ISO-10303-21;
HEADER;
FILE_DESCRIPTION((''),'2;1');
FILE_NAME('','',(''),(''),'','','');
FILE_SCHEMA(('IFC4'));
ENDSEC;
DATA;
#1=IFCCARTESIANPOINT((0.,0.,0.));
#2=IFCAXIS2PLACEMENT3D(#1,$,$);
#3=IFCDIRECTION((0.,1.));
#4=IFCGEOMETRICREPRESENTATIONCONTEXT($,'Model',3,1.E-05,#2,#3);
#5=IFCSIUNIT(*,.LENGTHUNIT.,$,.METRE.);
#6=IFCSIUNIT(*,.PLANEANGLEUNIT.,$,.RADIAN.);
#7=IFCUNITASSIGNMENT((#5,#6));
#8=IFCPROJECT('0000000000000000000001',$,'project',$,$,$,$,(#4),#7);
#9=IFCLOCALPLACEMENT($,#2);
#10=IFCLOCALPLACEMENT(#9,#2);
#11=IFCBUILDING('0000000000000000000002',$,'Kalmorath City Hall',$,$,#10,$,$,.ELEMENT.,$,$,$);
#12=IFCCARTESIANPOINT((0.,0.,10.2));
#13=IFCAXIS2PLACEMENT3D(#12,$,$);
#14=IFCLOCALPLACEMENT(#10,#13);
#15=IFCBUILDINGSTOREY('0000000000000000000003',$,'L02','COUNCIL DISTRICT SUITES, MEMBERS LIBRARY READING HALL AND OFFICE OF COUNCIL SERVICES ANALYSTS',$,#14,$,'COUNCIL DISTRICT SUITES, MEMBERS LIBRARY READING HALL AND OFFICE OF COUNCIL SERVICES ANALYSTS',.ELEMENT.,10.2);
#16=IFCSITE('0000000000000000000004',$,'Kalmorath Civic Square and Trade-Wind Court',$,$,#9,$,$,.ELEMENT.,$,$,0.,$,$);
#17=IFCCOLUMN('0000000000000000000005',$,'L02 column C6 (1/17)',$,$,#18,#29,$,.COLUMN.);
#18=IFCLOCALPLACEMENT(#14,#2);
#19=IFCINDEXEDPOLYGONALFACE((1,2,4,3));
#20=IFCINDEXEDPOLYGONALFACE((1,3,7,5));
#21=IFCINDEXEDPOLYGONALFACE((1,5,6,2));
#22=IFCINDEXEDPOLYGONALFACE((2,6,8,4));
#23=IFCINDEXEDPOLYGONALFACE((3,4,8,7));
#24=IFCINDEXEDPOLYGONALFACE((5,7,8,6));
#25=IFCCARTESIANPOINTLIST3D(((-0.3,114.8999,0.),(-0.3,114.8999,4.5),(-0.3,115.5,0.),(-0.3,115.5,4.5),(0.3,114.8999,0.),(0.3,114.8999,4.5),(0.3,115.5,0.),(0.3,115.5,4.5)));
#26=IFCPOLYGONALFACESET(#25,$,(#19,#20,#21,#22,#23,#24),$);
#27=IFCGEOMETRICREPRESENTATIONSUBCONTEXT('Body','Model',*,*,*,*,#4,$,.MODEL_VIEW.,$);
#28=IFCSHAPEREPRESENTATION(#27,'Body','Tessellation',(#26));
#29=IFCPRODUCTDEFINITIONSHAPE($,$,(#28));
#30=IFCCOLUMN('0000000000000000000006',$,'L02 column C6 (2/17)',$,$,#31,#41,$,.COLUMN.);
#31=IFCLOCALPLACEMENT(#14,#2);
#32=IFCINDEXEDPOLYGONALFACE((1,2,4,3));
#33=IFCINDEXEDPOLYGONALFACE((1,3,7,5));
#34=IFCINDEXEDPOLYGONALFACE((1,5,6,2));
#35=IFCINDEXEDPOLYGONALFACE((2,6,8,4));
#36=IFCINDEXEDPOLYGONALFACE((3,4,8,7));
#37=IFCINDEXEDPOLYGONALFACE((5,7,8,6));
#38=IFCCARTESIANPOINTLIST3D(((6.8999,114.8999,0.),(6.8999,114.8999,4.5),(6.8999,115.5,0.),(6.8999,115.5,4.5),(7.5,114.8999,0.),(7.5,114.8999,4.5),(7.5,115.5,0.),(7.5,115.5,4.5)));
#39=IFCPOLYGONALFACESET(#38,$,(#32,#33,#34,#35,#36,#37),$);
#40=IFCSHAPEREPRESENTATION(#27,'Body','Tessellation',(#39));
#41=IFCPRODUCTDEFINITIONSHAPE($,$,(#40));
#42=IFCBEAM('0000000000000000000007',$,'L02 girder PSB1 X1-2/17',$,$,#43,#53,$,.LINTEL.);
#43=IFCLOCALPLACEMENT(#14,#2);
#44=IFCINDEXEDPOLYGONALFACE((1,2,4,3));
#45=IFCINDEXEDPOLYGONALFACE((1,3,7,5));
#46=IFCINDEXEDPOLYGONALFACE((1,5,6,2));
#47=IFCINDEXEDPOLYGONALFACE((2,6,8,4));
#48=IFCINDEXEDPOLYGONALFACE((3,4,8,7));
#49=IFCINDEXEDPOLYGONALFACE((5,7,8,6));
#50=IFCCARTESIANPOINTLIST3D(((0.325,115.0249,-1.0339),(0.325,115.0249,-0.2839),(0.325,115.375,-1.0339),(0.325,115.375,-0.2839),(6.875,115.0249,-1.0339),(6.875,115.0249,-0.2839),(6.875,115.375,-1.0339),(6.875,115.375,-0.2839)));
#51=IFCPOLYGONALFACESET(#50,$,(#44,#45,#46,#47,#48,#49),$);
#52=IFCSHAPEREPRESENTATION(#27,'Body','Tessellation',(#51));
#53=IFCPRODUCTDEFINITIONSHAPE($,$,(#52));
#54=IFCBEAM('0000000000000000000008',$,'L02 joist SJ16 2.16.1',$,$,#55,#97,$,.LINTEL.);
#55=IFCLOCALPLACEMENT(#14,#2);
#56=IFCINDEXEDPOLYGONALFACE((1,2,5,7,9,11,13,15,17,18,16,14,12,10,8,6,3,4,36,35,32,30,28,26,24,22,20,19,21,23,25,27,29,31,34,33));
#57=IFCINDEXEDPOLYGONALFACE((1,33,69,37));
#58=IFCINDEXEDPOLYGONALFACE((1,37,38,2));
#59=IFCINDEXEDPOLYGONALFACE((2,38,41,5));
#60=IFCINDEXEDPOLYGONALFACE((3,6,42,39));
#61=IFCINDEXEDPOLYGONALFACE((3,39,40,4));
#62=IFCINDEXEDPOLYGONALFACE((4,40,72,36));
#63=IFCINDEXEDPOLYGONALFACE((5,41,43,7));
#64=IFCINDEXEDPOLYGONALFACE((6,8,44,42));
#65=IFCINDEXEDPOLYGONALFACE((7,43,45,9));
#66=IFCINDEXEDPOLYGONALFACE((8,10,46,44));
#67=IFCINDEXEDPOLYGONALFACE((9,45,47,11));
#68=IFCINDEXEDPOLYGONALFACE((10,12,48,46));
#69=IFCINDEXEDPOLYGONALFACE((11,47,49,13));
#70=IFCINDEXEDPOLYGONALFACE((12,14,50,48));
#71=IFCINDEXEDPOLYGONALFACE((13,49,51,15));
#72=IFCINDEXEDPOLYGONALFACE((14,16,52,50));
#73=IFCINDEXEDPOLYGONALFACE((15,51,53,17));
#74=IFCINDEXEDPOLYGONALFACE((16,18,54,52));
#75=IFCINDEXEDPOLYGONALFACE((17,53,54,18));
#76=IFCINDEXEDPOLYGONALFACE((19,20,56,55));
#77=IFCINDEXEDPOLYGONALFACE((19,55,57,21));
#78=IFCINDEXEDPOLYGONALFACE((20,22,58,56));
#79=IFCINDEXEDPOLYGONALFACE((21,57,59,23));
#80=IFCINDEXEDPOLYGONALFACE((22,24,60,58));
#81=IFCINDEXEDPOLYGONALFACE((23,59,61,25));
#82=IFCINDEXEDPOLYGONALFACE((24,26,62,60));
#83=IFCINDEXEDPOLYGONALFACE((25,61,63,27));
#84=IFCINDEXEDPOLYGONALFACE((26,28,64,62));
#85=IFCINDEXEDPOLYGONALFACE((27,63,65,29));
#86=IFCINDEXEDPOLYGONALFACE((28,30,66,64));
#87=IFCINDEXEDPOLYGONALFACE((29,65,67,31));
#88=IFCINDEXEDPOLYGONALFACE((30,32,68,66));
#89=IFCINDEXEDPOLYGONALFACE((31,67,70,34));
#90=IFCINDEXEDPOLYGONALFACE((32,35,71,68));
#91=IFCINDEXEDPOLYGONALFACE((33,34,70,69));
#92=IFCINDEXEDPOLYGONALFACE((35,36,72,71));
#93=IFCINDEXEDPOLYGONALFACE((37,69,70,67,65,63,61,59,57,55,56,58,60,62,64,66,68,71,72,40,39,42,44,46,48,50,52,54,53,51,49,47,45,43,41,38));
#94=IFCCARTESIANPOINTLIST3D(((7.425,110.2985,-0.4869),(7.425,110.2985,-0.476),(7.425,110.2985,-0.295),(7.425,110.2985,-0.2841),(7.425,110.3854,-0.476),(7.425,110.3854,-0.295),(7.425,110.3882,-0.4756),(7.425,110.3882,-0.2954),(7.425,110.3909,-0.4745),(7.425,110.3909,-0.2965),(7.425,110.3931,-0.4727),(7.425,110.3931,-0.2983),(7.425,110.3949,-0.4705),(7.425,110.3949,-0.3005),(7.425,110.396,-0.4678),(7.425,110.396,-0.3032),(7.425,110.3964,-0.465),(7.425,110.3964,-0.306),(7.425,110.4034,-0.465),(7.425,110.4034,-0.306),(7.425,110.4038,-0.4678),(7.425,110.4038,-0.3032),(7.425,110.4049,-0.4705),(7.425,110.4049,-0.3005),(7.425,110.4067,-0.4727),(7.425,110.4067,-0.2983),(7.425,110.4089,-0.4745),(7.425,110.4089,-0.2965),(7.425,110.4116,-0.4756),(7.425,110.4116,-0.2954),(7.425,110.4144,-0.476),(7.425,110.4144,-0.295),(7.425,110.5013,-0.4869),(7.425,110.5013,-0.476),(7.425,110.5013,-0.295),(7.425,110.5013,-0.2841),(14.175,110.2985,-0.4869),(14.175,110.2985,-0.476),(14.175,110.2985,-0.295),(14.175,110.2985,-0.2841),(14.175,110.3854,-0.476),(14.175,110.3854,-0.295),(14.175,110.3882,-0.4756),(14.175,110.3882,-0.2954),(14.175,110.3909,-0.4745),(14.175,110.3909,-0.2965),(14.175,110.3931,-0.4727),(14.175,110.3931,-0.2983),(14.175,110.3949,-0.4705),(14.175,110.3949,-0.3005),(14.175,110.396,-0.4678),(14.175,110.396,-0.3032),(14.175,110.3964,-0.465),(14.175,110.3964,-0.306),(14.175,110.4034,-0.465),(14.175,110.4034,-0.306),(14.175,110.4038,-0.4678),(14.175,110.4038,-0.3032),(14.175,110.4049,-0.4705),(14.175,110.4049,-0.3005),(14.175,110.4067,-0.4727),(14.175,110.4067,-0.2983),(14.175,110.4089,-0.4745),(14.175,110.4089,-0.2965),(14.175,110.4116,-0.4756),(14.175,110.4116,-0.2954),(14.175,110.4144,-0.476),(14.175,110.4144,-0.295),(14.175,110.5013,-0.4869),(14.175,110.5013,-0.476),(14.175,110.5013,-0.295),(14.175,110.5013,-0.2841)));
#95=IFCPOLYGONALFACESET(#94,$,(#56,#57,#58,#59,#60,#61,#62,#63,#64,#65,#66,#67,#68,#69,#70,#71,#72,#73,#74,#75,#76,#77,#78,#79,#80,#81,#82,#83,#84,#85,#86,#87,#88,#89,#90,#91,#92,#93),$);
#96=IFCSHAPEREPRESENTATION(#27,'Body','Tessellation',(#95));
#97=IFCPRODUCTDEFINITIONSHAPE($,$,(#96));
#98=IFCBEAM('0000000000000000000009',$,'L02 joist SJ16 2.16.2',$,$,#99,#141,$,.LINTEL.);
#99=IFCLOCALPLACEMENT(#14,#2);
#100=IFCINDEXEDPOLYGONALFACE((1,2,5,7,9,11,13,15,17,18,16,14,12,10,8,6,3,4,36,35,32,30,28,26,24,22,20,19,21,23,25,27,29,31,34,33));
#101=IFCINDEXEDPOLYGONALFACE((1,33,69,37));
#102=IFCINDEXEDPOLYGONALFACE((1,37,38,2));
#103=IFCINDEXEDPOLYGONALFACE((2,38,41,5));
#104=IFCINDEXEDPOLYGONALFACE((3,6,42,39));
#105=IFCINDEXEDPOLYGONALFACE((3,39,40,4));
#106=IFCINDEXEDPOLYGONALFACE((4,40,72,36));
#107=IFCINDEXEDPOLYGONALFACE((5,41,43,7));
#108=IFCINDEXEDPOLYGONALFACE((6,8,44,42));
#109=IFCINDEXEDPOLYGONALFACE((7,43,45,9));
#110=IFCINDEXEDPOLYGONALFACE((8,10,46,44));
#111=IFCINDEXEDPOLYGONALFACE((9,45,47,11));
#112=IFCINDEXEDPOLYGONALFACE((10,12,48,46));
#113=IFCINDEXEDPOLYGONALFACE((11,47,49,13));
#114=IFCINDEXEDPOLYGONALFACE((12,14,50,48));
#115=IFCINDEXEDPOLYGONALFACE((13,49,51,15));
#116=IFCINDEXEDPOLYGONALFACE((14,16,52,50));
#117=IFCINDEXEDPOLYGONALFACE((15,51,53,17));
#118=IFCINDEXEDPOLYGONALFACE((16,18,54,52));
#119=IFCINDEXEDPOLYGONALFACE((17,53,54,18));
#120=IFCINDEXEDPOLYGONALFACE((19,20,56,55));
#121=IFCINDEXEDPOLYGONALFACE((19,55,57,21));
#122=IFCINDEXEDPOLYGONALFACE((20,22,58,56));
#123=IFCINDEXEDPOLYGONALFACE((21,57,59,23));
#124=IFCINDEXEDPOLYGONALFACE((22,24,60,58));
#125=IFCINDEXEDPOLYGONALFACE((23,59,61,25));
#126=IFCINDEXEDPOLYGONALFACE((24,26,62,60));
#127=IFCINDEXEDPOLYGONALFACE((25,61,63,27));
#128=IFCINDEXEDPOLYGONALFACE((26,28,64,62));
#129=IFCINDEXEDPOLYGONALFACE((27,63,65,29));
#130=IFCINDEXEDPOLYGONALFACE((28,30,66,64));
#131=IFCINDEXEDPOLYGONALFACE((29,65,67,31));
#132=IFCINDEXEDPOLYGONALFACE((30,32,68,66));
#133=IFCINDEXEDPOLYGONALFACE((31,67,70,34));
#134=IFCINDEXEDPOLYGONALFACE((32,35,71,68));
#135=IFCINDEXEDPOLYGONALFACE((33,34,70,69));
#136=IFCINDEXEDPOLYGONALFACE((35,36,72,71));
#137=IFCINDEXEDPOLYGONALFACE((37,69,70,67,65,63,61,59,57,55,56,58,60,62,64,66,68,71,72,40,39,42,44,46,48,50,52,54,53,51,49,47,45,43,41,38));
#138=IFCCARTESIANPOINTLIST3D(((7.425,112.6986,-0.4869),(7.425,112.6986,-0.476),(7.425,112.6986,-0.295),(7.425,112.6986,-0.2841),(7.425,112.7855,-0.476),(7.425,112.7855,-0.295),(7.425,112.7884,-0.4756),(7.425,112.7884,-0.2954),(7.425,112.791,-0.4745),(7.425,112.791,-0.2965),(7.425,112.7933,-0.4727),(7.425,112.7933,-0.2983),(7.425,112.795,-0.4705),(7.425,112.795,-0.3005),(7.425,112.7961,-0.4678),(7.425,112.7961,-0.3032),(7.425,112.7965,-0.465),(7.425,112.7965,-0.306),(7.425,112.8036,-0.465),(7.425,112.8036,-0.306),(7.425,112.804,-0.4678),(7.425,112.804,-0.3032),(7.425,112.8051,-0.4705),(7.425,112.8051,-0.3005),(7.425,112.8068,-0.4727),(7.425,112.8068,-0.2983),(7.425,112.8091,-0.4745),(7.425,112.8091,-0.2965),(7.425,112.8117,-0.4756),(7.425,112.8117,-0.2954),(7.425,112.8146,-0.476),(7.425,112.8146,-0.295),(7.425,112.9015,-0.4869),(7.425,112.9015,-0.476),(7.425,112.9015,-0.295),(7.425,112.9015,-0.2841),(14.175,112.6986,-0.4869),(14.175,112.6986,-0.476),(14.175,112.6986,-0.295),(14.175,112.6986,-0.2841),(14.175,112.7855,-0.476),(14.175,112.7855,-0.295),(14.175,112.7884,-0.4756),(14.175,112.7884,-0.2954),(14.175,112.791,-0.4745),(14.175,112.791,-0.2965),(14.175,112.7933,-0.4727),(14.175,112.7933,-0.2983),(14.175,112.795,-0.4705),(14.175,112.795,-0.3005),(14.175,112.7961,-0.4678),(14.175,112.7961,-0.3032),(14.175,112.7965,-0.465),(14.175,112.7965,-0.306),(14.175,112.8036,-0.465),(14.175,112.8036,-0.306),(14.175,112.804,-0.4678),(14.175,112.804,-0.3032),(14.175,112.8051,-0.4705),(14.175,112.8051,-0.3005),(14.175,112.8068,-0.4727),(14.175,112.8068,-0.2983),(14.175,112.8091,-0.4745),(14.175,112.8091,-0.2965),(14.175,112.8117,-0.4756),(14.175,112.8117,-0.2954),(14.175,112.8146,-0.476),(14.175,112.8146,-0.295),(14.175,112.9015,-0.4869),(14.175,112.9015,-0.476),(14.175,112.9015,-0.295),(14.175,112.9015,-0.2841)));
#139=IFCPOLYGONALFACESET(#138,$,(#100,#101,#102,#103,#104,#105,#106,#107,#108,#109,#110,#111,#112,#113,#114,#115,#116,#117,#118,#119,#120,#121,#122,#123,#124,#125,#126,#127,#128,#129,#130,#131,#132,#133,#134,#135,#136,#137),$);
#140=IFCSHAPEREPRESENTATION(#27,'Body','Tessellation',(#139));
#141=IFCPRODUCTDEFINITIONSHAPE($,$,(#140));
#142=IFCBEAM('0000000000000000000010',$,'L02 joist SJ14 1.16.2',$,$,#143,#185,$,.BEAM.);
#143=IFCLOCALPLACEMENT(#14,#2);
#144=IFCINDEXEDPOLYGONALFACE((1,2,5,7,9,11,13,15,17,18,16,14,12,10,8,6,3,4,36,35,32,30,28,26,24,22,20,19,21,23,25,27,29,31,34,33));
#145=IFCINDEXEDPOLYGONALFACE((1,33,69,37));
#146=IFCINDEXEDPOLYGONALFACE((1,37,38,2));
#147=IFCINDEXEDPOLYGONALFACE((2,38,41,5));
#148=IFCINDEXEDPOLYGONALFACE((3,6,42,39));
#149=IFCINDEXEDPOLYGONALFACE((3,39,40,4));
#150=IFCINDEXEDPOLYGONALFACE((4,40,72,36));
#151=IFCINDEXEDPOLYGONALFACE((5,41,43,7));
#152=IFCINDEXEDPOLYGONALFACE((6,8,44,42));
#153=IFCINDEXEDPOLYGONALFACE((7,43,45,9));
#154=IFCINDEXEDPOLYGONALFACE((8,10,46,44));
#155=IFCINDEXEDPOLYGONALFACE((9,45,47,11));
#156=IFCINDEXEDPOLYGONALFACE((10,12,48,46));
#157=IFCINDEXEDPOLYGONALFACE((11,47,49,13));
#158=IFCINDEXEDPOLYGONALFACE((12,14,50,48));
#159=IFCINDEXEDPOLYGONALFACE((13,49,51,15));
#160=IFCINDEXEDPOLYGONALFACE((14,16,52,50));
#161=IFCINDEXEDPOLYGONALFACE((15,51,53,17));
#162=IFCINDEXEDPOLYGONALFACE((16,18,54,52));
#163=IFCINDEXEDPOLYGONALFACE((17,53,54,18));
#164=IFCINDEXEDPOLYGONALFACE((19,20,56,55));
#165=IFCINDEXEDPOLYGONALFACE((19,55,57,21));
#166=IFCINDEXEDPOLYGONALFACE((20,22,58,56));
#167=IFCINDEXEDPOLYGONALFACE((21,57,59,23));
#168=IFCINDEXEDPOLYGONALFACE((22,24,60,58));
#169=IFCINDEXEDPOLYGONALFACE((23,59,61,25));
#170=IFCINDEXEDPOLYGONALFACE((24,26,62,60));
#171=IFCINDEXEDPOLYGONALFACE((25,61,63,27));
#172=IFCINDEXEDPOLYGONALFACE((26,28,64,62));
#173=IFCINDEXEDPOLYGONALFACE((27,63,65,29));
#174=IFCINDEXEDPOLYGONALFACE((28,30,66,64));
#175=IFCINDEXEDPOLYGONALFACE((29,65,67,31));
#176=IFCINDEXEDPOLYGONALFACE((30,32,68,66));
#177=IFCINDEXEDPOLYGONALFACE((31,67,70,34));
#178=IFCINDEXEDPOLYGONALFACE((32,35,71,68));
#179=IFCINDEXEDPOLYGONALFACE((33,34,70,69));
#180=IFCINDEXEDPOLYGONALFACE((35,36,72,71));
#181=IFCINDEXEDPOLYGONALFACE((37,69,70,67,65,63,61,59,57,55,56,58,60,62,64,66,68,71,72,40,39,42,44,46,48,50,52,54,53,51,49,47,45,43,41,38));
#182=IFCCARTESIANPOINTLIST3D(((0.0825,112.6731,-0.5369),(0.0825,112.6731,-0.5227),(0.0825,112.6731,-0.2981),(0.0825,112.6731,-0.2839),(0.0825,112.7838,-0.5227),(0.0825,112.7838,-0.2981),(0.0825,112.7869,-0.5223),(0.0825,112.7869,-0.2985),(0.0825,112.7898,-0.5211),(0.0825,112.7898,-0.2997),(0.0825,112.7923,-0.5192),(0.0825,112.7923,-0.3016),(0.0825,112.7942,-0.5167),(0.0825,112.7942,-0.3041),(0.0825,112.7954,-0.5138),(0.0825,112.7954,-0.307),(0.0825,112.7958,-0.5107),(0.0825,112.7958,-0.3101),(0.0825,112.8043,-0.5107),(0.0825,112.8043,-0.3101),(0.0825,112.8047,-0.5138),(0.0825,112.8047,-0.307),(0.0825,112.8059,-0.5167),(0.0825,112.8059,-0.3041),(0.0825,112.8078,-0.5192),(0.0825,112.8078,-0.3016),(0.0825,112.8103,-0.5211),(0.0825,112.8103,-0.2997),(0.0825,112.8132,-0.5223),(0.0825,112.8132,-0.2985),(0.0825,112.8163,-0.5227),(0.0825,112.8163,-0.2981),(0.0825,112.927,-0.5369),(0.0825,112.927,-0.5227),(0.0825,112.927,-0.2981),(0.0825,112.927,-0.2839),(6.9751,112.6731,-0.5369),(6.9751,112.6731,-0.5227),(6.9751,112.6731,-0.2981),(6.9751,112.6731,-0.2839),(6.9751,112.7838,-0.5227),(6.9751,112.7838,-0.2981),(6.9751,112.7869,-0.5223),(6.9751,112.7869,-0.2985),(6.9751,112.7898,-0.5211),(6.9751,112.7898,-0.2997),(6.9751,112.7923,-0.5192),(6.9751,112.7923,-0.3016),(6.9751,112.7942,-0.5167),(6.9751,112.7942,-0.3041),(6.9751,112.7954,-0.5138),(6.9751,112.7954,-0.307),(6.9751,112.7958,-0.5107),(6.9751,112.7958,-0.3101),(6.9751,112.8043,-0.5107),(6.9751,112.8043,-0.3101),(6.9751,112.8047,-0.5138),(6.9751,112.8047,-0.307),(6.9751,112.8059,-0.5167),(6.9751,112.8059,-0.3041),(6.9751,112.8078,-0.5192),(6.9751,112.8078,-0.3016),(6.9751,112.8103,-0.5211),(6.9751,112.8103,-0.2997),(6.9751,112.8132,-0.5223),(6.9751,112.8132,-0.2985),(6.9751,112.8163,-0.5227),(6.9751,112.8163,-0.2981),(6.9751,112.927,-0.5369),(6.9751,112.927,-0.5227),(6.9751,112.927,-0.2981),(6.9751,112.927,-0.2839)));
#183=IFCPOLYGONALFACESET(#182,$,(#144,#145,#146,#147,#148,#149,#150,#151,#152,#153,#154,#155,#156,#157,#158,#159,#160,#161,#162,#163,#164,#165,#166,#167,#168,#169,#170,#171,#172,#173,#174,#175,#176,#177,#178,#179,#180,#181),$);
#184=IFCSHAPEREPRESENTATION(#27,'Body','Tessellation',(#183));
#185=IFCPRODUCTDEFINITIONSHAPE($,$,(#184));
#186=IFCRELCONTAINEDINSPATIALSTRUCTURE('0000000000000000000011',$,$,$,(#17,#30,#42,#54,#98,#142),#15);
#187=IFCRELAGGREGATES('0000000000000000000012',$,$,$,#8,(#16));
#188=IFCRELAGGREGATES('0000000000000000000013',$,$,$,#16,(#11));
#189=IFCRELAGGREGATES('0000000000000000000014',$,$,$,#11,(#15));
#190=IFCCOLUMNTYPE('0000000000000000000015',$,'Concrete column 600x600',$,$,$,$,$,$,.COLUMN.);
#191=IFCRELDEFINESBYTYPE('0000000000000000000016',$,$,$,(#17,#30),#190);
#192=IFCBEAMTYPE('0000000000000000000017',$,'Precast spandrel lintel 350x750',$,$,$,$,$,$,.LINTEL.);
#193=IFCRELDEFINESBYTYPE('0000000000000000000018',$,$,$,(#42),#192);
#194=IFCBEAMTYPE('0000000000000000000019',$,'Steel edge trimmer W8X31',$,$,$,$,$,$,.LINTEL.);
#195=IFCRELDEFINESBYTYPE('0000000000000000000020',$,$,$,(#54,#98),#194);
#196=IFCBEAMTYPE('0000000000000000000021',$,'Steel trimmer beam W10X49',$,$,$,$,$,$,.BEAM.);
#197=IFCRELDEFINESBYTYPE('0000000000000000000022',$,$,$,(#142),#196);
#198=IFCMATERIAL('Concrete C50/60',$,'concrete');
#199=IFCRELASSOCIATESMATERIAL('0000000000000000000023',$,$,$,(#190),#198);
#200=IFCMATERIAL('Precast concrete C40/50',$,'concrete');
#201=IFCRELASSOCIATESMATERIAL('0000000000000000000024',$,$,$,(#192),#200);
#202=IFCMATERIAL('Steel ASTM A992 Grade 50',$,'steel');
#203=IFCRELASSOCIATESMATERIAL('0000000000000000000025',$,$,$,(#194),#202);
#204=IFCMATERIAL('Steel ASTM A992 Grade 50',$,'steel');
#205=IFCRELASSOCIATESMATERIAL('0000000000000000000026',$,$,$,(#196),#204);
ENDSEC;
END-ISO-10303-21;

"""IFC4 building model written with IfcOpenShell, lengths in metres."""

from ifc_helpers import new_model, si_unit, direction, frame, origin, origin_2d, place, context, subcontext, project, spatial, rectangle, i_section, extrude, material, material_profile, profile_set, type_object, element, save


model = new_model("IFC4")

# Units and contexts
model_context = context("Model", 3, precision=1e-05, world=origin(), true_north=direction((0.0, 1.0)))
body_context = subcontext(model_context, "Body", "Model", "MODEL_VIEW")
ifc_project = project(units=[si_unit("LENGTHUNIT", "METRE"), si_unit("PLANEANGLEUNIT", "RADIAN")], contexts=[model_context])

# Site, building, storey
site_placement = place(None, origin())
site = spatial("IfcSite", under=ifc_project, at=site_placement, Name="Kalmorath Civic Square and Trade-Wind Court", CompositionType="ELEMENT", RefElevation=0.0)
building_placement = place(site_placement, origin())
building = spatial("IfcBuilding", under=site, at=building_placement, Name="Kalmorath City Hall", CompositionType="ELEMENT")
storey_placement = place(building_placement, frame((0.0, 0.0, 10.2)))
storey = spatial("IfcBuildingStorey", under=building, at=storey_placement, Name="L02", Description="COUNCIL DISTRICT SUITES, MEMBERS LIBRARY READING HALL AND OFFICE OF COUNCIL SERVICES ANALYSTS", LongName="COUNCIL DISTRICT SUITES, MEMBERS LIBRARY READING HALL AND OFFICE OF COUNCIL SERVICES ANALYSTS", CompositionType="ELEMENT", Elevation=10.2)

# Columns
ifc_material_1 = material(Name="Concrete C50/60", Category="concrete")
ifc_material_profile_1 = material_profile(ifc_material_1, rectangle(XDim=0.6001, YDim=0.6001, at=origin_2d()), Name="RC-COL-600X600")
ifc_profile_set_1 = profile_set([ifc_material_profile_1], Name="Concrete C50/60")
column_type = type_object("IfcColumnType", Name="Concrete column 600x600", PredefinedType="COLUMN", material=ifc_profile_set_1)
for number, where, z_axis, x_axis, name in (
    (1, (0.0, 115.2, 0.0), (0.0, 0.0, 1.0), (1.0, 0.0, 0.0), "L02 column C6 (1/17)"),
    (2, (7.2, 115.2, 0.0), (0.0, 0.0, 1.0), (1.0, 0.0, 0.0), "L02 column C6 (2/17)"),
):
    element("IfcColumn", number, at=place(storey_placement, frame(where, z_axis=z_axis, x_axis=x_axis)), inside=storey, type_object=column_type, Name=name, PredefinedType="COLUMN", context=body_context, shape_type="SweptSolid", body=[
        extrude(rectangle(XDim=0.6001, YDim=0.6001, at=origin_2d()), origin(), (0.0, 0.0, 1.0), 4.5),
    ])

# Beams
ifc_material_2 = material(Name="Precast concrete C40/50", Category="concrete")
ifc_material_profile_2 = material_profile(ifc_material_2, rectangle(XDim=0.3501, YDim=0.75, at=origin_2d()), Name="PC-SP-350X750")
ifc_profile_set_2 = profile_set([ifc_material_profile_2], Name="Precast concrete C40/50")
beam_type_1 = type_object("IfcBeamType", Name="Precast spandrel lintel 350x750", PredefinedType="LINTEL", material=ifc_profile_set_2)
beam_1_placement = place(storey_placement, frame((0.325, 115.2, -0.6589), z_axis=(1.0, 0.0, 0.0), x_axis=(0.0, 1.0, 0.0)))
element("IfcBeam", 3, at=beam_1_placement, inside=storey, type_object=beam_type_1, Name="L02 girder PSB1 X1-2/17", PredefinedType="LINTEL", context=body_context, shape_type="SweptSolid", body=[
    extrude(rectangle(XDim=0.3501, YDim=0.75, at=origin_2d()), origin(), (0.0, 0.0, 1.0), 6.55),
])
ifc_material_3 = material(Name="Steel ASTM A992 Grade 50", Category="steel")
ifc_material_profile_3 = material_profile(ifc_material_3, i_section(OverallWidth=0.2029, OverallDepth=0.2029, WebThickness=0.0071, FlangeThickness=0.011, FilletRadius=0.011, at=origin_2d()), Name="W8X31")
ifc_profile_set_3 = profile_set([ifc_material_profile_3], Name="Steel ASTM A992 Grade 50")
beam_type_2 = type_object("IfcBeamType", Name="Steel edge trimmer W8X31", PredefinedType="LINTEL", material=ifc_profile_set_3)
for number, where, z_axis, x_axis, name in (
    (4, (7.425, 110.3999, -0.3855), (1.0, 0.0, 0.0), (0.0, 1.0, 0.0), "L02 joist SJ16 2.16.1"),
    (5, (7.425, 112.8, -0.3855), (1.0, 0.0, 0.0), (0.0, 1.0, 0.0), "L02 joist SJ16 2.16.2"),
):
    element("IfcBeam", number, at=place(storey_placement, frame(where, z_axis=z_axis, x_axis=x_axis)), inside=storey, type_object=beam_type_2, Name=name, PredefinedType="LINTEL", context=body_context, shape_type="SweptSolid", body=[
        extrude(i_section(OverallWidth=0.2029, OverallDepth=0.2029, WebThickness=0.0071, FlangeThickness=0.011, FilletRadius=0.011, at=origin_2d()), origin(), (0.0, 0.0, 1.0), 6.75),
    ])
ifc_material_4 = material(Name="Steel ASTM A992 Grade 50", Category="steel")
ifc_material_profile_4 = material_profile(ifc_material_4, i_section(OverallWidth=0.2539, OverallDepth=0.2529, WebThickness=0.0085, FlangeThickness=0.0142, FilletRadius=0.012, at=origin_2d()), Name="W10X49")
ifc_profile_set_4 = profile_set([ifc_material_profile_4], Name="Steel ASTM A992 Grade 50")
beam_type_3 = type_object("IfcBeamType", Name="Steel trimmer beam W10X49", PredefinedType="BEAM", material=ifc_profile_set_4)
beam_2_placement = place(storey_placement, frame((0.0825, 112.8, -0.4104), z_axis=(1.0, 0.0, 0.0), x_axis=(0.0, 1.0, 0.0)))
element("IfcBeam", 6, at=beam_2_placement, inside=storey, type_object=beam_type_3, Name="L02 joist SJ14 1.16.2", PredefinedType="BEAM", context=body_context, shape_type="SweptSolid", body=[
    extrude(i_section(OverallWidth=0.2539, OverallDepth=0.2529, WebThickness=0.0085, FlangeThickness=0.0142, FilletRadius=0.012, at=origin_2d()), origin(), (0.0, 0.0, 1.0), 6.8926),
])

save(model, "model.ifc")
